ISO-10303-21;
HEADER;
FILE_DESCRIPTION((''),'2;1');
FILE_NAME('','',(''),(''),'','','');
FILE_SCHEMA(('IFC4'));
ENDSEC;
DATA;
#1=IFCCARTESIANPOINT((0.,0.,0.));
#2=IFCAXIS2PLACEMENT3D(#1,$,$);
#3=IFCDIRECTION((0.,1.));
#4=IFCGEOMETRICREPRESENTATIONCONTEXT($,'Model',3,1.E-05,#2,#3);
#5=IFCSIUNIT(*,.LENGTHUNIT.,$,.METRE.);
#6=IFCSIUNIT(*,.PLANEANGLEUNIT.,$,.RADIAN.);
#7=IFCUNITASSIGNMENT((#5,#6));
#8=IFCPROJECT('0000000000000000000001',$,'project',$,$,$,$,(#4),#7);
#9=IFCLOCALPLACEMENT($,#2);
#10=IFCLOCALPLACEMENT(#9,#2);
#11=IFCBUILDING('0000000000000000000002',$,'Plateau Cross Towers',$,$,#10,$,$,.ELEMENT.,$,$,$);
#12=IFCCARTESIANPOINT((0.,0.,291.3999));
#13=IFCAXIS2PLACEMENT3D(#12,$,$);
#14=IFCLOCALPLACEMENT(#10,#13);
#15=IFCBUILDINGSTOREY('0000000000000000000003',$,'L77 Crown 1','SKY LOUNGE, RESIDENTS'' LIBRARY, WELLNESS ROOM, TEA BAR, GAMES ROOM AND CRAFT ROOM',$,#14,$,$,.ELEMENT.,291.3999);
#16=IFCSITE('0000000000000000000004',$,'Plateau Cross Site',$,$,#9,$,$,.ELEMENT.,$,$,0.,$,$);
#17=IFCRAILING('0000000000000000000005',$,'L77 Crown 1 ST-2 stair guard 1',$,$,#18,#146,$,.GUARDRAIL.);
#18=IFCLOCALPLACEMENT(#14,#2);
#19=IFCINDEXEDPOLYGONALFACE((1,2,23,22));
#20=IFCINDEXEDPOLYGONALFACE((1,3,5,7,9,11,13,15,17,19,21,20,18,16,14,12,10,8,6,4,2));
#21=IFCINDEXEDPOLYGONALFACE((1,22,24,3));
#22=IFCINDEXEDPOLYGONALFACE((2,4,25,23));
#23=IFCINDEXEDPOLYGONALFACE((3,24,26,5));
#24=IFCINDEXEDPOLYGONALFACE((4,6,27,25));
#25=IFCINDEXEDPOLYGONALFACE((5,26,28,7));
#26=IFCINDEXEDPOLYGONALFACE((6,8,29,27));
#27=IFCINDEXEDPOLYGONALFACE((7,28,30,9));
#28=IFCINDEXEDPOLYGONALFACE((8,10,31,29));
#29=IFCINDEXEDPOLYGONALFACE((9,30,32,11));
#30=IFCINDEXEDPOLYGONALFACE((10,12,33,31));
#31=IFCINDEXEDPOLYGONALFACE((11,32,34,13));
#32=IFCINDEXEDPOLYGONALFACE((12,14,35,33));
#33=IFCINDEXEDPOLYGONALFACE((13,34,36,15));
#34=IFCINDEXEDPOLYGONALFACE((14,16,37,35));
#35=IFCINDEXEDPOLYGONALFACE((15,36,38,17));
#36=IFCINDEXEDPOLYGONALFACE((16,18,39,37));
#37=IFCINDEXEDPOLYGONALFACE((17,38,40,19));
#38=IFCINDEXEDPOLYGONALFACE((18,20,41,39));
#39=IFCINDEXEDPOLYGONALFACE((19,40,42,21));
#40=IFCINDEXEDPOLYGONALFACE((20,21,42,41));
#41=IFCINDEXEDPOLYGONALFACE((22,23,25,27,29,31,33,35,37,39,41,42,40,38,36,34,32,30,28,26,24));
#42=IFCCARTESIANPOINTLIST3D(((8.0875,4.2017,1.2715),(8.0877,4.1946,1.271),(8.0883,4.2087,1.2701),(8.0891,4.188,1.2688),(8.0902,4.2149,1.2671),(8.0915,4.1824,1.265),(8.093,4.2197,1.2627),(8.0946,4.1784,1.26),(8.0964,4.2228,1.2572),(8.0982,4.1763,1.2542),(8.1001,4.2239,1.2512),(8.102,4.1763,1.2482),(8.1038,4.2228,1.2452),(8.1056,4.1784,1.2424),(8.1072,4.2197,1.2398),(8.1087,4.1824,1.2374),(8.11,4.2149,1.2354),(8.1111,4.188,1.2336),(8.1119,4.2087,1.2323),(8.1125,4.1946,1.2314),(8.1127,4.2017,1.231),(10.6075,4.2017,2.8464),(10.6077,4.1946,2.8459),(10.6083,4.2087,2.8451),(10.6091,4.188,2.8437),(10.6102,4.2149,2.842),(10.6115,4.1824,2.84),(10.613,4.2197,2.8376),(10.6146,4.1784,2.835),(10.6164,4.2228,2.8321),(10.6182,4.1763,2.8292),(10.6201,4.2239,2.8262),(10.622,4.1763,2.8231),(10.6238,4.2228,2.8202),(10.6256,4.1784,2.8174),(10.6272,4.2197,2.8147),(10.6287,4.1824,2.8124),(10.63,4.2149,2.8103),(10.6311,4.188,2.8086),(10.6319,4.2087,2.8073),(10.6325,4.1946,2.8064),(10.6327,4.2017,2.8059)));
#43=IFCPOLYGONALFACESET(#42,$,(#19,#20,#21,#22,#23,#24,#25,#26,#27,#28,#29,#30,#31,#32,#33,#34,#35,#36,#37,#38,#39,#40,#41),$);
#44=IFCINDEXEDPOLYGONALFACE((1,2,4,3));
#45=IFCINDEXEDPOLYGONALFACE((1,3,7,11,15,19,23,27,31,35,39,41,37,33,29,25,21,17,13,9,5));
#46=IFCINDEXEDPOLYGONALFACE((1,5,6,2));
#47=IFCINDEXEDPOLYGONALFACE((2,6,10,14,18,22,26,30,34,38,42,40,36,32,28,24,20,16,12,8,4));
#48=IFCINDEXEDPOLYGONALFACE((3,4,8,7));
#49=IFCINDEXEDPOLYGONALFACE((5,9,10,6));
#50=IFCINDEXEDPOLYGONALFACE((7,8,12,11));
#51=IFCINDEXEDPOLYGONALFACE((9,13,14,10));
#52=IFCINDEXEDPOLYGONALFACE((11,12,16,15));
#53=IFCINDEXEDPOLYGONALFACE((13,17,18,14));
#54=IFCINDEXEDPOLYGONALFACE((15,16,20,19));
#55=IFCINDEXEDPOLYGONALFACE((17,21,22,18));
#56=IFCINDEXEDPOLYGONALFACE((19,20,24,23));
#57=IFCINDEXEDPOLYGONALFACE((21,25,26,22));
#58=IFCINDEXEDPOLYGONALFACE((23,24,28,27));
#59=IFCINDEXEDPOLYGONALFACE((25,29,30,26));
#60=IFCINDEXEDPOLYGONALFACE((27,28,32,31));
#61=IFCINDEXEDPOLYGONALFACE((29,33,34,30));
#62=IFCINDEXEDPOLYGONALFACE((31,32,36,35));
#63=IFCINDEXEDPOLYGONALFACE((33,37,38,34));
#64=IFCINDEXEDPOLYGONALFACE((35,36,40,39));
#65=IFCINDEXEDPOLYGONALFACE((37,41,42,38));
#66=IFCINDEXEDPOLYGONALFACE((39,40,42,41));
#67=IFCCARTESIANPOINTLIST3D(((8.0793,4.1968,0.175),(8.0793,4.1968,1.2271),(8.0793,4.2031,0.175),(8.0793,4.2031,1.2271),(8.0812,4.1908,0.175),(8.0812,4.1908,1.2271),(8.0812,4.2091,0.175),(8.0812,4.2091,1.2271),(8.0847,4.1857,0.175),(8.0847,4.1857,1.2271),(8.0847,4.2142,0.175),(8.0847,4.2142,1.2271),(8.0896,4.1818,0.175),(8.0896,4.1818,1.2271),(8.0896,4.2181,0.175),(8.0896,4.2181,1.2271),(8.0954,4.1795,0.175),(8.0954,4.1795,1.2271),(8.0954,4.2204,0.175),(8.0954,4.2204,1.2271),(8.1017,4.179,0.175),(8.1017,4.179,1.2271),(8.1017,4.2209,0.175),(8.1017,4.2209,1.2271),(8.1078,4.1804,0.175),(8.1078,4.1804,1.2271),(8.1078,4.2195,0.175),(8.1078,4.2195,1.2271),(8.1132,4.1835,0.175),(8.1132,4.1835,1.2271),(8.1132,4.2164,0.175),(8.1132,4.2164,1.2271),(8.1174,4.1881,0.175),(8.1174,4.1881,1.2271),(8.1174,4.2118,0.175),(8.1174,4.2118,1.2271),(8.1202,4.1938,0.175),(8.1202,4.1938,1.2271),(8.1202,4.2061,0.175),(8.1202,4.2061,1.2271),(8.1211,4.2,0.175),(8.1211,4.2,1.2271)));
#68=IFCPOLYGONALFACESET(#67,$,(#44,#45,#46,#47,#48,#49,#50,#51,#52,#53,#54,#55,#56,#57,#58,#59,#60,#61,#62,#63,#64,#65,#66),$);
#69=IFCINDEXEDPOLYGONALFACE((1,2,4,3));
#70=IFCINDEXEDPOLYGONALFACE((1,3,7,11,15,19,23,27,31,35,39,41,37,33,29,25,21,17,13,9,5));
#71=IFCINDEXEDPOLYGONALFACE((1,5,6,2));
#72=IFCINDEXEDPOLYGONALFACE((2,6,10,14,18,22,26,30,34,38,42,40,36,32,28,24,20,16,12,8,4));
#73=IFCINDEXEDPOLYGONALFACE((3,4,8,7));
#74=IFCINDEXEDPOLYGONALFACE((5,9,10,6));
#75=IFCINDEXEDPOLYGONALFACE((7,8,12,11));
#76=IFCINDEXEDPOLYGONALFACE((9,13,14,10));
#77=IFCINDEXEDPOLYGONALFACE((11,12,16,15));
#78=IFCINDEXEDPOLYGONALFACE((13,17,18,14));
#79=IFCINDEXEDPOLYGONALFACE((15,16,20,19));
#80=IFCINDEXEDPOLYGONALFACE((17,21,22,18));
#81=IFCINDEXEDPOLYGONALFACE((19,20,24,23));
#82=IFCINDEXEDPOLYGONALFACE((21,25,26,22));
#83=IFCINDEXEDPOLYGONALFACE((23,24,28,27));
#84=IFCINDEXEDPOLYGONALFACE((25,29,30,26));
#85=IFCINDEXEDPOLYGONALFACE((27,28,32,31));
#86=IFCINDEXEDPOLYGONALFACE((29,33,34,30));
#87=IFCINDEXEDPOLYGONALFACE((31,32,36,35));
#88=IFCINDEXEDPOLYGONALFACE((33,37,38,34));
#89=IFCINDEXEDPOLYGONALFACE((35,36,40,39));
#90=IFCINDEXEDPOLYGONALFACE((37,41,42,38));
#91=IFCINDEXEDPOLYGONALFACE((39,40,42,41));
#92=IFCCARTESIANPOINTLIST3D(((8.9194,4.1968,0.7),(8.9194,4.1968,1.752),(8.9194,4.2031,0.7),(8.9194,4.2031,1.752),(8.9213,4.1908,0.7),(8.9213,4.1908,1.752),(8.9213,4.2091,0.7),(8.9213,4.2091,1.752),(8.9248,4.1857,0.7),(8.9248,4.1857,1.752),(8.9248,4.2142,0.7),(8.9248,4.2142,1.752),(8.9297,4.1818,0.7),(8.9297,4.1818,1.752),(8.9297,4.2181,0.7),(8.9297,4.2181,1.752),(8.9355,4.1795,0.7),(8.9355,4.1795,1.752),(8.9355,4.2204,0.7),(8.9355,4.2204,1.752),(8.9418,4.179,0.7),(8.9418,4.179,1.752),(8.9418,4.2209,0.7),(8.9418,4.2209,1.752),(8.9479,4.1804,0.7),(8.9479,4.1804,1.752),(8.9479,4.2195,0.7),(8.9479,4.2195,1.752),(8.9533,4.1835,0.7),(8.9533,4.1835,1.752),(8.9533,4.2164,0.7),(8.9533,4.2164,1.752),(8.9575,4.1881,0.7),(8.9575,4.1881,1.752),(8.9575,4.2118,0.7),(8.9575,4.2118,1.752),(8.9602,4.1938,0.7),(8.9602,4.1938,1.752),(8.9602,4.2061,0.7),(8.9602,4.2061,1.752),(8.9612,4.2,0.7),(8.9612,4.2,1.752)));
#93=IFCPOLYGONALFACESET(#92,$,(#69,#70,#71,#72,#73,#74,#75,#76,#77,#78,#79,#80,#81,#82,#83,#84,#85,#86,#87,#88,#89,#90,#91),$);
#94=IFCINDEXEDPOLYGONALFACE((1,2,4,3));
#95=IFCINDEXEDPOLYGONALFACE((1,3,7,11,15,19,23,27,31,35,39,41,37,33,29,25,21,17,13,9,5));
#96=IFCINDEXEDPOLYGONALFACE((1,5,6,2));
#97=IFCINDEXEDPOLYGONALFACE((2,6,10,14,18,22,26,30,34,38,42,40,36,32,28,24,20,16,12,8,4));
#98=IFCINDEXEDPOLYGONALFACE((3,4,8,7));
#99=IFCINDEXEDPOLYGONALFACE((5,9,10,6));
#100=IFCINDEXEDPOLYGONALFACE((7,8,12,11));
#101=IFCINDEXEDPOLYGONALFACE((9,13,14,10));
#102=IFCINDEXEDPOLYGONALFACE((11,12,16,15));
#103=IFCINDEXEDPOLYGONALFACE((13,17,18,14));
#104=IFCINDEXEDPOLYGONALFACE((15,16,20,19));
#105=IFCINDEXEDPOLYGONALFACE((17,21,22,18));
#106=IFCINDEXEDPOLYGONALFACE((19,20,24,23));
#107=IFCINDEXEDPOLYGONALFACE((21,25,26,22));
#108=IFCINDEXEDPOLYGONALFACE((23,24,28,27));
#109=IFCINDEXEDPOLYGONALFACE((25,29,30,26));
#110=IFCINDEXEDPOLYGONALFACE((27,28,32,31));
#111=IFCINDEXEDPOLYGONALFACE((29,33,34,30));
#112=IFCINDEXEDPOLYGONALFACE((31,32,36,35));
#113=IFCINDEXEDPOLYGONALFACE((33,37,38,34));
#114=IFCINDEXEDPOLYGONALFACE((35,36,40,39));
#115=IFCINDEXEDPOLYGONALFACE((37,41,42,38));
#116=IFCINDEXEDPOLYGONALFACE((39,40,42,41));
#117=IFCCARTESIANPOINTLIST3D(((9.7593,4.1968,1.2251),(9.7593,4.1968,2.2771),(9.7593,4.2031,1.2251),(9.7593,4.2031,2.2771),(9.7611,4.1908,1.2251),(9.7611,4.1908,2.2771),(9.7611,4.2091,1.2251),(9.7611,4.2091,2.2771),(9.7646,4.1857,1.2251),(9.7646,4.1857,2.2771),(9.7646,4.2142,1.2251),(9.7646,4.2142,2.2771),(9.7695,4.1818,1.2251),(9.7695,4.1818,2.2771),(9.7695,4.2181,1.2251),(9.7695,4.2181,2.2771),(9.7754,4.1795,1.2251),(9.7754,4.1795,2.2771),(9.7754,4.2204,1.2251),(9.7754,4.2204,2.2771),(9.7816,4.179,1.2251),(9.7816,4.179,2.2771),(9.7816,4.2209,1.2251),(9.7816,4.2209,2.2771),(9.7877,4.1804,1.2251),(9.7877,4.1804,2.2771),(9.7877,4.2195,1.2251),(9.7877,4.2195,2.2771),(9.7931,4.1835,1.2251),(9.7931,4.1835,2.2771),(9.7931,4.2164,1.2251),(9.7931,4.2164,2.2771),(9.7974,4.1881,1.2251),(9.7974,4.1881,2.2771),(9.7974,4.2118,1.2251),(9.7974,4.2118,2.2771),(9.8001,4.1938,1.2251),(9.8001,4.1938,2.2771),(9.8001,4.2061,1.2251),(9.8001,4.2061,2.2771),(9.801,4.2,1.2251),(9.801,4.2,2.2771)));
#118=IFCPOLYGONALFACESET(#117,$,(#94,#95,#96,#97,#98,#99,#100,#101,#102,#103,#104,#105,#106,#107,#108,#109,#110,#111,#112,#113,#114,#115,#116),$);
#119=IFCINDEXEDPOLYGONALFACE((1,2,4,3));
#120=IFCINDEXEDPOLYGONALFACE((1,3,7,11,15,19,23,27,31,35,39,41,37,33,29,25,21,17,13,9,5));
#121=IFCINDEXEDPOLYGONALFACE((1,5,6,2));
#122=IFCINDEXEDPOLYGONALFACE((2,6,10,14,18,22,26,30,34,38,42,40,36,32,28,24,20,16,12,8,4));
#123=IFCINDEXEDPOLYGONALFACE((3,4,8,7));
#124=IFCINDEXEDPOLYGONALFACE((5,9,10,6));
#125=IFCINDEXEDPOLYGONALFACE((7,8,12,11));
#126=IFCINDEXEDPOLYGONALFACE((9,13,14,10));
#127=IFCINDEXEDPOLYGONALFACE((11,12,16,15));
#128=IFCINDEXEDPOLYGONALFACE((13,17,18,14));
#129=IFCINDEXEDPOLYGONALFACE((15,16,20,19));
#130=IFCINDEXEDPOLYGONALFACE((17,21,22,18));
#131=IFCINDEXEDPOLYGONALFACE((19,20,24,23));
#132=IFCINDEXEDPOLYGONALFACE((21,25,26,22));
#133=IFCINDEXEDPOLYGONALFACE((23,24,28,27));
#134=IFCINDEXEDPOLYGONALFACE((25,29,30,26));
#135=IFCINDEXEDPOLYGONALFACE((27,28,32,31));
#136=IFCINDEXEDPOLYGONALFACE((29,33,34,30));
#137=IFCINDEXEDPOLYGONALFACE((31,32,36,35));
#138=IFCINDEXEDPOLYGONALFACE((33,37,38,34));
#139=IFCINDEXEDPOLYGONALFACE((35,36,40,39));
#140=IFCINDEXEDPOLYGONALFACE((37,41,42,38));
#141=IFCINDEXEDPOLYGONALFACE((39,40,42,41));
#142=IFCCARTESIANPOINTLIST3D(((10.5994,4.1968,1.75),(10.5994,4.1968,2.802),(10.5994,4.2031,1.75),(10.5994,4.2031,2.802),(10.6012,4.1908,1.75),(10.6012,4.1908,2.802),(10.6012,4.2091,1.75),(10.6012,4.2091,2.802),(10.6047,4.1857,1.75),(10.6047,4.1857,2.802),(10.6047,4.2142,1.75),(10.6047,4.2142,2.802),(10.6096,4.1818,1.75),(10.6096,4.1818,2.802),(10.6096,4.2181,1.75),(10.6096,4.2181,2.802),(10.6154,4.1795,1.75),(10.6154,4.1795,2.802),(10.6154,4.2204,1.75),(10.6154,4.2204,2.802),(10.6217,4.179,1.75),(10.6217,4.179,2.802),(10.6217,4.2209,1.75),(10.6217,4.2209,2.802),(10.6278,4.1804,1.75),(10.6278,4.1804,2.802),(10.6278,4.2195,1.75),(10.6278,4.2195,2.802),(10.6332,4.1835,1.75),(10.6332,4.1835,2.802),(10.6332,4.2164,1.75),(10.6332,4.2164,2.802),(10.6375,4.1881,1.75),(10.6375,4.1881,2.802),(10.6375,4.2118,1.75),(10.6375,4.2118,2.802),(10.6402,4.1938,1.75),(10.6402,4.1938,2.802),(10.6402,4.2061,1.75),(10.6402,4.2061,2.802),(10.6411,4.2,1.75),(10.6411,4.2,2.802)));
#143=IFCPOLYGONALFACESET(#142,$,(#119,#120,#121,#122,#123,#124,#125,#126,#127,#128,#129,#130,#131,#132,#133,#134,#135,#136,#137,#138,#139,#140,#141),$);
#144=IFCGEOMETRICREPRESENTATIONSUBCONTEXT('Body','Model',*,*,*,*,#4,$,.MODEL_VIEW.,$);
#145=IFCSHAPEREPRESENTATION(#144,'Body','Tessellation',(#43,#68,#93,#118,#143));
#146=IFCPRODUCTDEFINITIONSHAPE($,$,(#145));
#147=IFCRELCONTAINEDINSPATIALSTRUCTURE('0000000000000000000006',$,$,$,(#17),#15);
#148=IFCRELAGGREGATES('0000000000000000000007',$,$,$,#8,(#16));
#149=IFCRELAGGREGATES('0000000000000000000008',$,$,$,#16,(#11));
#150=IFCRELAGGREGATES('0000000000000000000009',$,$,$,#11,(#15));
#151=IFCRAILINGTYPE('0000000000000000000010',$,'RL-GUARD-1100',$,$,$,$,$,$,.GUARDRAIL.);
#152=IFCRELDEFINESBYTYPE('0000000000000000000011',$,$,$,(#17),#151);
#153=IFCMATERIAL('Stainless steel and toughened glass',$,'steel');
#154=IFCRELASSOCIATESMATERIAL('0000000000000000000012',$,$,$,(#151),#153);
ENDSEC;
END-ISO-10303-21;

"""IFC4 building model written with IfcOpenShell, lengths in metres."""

from ifc_helpers import new_model, si_unit, direction, frame, origin, origin_2d, place, context, subcontext, project, spatial, circle, extrude, material, type_object, element, save


model = new_model("IFC4")

# Units and contexts
model_context = context("Model", 3, precision=1e-05, world=origin(), true_north=direction((0.0, 1.0)))
body_context = subcontext(model_context, "Body", "Model", "MODEL_VIEW")
ifc_project = project(units=[si_unit("LENGTHUNIT", "METRE"), si_unit("PLANEANGLEUNIT", "RADIAN")], contexts=[model_context])

# Site, building, storey
site_placement = place(None, origin())
site = spatial("IfcSite", under=ifc_project, at=site_placement, Name="Plateau Cross Site", CompositionType="ELEMENT", RefElevation=0.0)
building_placement = place(site_placement, origin())
building = spatial("IfcBuilding", under=site, at=building_placement, Name="Plateau Cross Towers", CompositionType="ELEMENT")
storey_placement = place(building_placement, frame((0.0, 0.0, 291.3999)))
storey = spatial("IfcBuildingStorey", under=building, at=storey_placement, Name="L77 Crown 1", Description="SKY LOUNGE, RESIDENTS' LIBRARY, WELLNESS ROOM, TEA BAR, GAMES ROOM AND CRAFT ROOM", CompositionType="ELEMENT", Elevation=291.3999)

# Railing
ifc_material_1 = material(Name="Stainless steel and toughened glass", Category="steel")
railing_type_1 = type_object("IfcRailingType", Name="RL-GUARD-1100", PredefinedType="GUARDRAIL", material=ifc_material_1)
railing_1_placement = place(storey_placement, frame((8.1001, 4.2, 0.175)))
element("IfcRailing", 1, at=railing_1_placement, inside=storey, type_object=railing_type_1, Name="L77 Crown 1 ST-2 stair guard 1", PredefinedType="GUARDRAIL", context=body_context, shape_type="SweptSolid", body=[
    extrude(circle(Radius=0.0239, at=origin_2d()), frame((0.0, 0.0, 1.0762), z_axis=(0.848008, 0.0, 0.529984), x_axis=(0.0, 1.0, 0.0)), (0.0, 0.0, 1.0), 2.9717),
    extrude(circle(Radius=0.021, at=origin_2d()), origin(), (0.0, 0.0, 1.0), 1.052),
    extrude(circle(Radius=0.021, at=origin_2d()), frame((0.8401, 0.0, 0.5249)), (0.0, 0.0, 1.0), 1.052),
    extrude(circle(Radius=0.021, at=origin_2d()), frame((1.6799, 0.0, 1.05)), (0.0, 0.0, 1.0), 1.052),
    extrude(circle(Radius=0.021, at=origin_2d()), frame((2.52, 0.0, 1.575)), (0.0, 0.0, 1.0), 1.052),
])

save(model, "model.ifc")
